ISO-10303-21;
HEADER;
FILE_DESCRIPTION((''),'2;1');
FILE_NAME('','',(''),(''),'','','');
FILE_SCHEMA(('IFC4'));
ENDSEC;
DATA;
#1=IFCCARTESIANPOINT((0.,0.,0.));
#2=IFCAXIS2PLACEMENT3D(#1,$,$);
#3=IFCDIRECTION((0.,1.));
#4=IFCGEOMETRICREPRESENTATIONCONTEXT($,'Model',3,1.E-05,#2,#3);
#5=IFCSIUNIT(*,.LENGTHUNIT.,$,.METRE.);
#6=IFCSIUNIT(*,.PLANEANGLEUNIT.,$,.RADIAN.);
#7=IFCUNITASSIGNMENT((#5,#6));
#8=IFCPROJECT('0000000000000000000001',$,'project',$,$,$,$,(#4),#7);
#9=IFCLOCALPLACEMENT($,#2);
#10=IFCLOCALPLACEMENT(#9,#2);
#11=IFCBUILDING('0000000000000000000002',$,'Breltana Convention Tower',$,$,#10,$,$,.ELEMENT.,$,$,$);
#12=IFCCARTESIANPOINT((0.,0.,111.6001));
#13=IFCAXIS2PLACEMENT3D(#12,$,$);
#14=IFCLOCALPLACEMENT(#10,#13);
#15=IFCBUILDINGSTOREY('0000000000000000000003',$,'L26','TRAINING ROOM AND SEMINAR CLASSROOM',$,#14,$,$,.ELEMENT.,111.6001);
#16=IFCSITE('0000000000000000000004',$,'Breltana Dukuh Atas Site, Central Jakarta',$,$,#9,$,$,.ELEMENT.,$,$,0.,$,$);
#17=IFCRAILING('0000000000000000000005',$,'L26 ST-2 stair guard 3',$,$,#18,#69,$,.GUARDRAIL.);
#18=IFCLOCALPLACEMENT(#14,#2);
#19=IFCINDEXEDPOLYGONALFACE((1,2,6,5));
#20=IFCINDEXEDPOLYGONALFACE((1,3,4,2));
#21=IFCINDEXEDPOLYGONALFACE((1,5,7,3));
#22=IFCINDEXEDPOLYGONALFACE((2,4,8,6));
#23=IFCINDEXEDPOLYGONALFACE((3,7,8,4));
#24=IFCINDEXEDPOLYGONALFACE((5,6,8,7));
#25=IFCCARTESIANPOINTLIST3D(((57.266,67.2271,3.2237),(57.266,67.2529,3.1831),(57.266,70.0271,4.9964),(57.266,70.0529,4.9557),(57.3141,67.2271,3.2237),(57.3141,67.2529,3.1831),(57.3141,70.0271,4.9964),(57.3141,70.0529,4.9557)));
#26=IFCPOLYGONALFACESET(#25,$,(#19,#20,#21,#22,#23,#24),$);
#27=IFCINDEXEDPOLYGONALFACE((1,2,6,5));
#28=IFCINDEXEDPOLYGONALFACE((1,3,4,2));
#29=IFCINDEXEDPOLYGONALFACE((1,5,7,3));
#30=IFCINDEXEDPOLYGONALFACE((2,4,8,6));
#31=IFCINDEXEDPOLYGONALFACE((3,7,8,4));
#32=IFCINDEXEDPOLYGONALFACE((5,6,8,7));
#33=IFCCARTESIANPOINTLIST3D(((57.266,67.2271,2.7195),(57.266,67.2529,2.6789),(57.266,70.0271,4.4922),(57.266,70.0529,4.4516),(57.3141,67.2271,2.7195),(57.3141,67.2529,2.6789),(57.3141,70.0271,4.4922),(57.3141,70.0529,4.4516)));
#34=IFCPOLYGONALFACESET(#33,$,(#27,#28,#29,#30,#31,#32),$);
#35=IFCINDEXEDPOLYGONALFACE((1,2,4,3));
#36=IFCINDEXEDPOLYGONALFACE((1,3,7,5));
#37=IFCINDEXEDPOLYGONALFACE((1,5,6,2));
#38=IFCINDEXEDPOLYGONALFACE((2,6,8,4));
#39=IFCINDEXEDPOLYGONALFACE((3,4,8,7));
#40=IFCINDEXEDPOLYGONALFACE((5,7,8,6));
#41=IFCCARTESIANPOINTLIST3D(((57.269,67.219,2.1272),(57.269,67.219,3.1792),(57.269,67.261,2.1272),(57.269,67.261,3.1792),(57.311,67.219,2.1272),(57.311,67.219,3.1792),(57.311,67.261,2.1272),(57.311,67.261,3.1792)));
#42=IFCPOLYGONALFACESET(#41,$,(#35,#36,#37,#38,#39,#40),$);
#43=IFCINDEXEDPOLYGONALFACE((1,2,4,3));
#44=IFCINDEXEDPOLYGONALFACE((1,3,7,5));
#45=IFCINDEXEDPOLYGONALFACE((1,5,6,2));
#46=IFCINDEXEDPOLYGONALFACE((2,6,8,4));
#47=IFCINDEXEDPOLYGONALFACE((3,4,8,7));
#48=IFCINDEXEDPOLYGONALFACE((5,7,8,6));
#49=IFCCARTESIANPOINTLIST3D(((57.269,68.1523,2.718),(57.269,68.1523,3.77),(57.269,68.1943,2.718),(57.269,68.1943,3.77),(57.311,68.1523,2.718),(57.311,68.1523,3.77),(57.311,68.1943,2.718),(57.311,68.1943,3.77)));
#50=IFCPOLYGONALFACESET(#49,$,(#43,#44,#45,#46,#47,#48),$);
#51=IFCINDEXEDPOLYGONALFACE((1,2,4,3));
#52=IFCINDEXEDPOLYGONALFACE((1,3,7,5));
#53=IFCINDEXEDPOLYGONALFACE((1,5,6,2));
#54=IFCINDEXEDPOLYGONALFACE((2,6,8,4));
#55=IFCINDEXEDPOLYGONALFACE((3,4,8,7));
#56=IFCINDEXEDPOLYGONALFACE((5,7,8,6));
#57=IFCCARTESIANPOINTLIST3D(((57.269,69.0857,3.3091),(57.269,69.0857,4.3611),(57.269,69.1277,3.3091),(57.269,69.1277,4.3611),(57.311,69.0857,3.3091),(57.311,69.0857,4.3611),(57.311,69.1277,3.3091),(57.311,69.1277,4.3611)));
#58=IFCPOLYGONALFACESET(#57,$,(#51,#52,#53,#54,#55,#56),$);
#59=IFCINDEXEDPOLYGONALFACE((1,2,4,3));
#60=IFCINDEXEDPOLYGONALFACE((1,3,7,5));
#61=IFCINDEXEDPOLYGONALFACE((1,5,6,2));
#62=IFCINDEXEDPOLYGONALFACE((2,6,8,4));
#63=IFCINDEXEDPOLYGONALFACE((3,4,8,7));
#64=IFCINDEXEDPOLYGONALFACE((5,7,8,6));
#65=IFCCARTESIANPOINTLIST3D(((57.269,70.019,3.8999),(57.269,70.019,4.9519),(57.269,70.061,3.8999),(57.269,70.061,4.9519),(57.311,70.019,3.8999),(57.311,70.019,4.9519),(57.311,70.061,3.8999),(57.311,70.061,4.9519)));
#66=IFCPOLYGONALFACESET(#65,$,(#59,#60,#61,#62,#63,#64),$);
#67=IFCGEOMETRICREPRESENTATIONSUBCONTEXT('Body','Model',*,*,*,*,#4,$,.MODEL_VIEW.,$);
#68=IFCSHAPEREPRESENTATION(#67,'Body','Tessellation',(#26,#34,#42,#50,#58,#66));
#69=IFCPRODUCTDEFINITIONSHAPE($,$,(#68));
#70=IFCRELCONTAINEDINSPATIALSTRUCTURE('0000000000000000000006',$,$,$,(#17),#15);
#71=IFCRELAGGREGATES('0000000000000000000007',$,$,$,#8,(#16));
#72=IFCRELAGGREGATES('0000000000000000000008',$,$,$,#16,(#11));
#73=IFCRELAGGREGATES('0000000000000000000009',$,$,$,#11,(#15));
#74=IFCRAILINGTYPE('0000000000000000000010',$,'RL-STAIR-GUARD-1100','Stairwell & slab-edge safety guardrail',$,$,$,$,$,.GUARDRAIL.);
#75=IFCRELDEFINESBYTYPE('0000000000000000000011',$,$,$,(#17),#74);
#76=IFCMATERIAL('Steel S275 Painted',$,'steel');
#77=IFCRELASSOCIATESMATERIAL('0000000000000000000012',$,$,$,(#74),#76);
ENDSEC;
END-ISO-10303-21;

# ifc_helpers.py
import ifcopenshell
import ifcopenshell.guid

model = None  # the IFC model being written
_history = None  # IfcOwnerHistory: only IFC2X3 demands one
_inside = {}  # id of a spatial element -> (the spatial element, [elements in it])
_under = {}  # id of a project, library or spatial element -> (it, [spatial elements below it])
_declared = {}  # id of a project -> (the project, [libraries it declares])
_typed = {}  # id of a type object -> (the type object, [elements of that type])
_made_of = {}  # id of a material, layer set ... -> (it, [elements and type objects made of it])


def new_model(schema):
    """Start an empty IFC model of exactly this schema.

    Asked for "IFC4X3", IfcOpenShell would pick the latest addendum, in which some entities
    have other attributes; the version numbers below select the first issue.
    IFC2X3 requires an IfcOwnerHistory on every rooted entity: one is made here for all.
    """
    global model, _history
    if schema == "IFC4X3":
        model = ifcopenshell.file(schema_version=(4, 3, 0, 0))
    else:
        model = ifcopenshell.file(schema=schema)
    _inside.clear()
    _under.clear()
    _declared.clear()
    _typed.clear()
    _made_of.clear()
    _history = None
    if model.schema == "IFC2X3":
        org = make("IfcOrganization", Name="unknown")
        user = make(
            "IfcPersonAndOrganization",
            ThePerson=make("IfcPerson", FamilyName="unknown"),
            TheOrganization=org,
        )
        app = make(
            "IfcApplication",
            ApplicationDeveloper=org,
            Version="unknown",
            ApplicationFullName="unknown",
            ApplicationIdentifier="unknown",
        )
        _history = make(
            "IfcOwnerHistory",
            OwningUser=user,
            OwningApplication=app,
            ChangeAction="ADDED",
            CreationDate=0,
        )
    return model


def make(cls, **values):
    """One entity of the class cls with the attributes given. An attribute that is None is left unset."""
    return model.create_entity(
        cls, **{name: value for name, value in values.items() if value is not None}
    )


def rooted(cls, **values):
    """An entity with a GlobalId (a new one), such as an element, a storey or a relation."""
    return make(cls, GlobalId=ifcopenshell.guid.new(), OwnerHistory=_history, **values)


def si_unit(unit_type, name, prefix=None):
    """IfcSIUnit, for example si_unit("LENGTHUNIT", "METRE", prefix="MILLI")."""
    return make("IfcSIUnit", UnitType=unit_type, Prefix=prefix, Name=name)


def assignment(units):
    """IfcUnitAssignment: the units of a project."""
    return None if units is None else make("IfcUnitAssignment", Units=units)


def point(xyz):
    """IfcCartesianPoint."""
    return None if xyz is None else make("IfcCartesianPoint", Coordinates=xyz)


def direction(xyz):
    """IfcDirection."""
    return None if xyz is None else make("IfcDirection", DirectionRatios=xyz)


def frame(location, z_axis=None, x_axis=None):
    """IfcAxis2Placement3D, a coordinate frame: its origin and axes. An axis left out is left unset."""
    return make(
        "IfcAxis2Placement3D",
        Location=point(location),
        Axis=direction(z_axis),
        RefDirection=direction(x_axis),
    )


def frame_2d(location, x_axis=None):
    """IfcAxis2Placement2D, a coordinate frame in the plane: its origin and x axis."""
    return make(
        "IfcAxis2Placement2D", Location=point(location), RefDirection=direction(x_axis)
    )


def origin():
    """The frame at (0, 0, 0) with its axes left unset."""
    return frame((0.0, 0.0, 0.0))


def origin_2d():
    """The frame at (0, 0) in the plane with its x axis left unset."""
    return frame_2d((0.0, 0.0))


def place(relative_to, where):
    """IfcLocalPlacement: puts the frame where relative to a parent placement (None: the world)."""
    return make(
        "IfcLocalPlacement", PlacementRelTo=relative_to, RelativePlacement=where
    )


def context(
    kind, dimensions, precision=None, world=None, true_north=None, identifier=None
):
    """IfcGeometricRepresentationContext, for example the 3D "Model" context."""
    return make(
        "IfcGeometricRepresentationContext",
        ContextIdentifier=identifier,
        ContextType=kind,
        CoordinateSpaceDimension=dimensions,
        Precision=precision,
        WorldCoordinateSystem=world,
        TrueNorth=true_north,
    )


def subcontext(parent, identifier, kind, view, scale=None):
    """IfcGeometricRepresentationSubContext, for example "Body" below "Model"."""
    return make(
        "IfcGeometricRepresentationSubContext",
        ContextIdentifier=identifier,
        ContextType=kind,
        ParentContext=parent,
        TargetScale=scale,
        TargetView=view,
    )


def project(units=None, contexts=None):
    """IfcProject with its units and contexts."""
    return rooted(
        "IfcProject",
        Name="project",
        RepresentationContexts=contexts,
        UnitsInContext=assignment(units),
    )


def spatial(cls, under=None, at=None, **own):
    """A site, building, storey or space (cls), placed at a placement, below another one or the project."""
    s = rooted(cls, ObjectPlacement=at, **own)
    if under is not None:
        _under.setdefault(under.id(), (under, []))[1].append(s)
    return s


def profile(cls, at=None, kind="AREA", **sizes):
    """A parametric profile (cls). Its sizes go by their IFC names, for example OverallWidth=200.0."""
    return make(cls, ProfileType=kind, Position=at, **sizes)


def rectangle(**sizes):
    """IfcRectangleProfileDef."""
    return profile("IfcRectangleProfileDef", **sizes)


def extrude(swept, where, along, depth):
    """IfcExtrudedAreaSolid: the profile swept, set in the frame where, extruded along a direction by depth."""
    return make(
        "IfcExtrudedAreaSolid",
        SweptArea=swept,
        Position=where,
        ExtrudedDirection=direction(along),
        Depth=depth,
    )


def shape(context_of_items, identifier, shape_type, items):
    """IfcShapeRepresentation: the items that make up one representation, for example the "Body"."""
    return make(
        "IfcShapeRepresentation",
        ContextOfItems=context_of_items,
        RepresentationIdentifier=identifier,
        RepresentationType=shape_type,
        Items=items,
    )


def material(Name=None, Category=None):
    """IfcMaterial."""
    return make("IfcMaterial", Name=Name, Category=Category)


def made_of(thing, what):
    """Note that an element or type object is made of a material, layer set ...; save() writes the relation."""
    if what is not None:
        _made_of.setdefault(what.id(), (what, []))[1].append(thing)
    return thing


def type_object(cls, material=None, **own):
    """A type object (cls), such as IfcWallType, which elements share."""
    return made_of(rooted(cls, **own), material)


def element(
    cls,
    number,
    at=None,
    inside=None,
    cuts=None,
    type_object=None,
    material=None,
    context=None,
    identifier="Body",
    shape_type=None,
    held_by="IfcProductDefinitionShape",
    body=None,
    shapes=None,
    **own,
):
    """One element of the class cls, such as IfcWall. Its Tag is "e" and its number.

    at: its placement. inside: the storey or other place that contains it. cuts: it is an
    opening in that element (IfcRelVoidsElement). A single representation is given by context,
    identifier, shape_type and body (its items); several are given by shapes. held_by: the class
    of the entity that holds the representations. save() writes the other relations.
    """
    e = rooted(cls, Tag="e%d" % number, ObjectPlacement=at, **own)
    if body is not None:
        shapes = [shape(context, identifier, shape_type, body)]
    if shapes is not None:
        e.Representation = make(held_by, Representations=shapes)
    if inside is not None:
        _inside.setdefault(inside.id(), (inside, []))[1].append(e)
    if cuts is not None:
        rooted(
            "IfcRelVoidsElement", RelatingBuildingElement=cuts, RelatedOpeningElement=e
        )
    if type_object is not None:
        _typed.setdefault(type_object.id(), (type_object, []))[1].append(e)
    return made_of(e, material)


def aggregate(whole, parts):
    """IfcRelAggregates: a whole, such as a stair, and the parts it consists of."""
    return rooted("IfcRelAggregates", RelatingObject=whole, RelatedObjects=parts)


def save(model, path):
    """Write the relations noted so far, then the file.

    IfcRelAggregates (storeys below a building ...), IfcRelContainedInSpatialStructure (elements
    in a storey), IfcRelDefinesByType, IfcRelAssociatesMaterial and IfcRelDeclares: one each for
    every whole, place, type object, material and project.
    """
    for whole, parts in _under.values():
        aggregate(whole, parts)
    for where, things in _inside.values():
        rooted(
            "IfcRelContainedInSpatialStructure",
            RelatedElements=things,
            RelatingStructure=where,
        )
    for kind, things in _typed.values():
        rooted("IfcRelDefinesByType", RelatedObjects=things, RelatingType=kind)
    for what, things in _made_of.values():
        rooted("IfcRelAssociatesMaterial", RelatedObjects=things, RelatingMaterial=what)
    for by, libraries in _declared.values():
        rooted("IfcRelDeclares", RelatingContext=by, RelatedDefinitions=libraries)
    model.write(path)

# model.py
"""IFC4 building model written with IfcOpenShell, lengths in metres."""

from ifc_helpers import new_model, si_unit, direction, frame, origin, origin_2d, place, context, subcontext, project, spatial, rectangle, extrude, material, type_object, element, save


model = new_model("IFC4")

# Units and contexts
model_context = context("Model", 3, precision=1e-05, world=origin(), true_north=direction((0.0, 1.0)))
body_context = subcontext(model_context, "Body", "Model", "MODEL_VIEW")
ifc_project = project(units=[si_unit("LENGTHUNIT", "METRE"), si_unit("PLANEANGLEUNIT", "RADIAN")], contexts=[model_context])

# Site, building, storey
site_placement = place(None, origin())
site = spatial("IfcSite", under=ifc_project, at=site_placement, Name="Breltana Dukuh Atas Site, Central Jakarta", CompositionType="ELEMENT", RefElevation=0.0)
building_placement = place(site_placement, origin())
building = spatial("IfcBuilding", under=site, at=building_placement, Name="Breltana Convention Tower", CompositionType="ELEMENT")
storey_placement = place(building_placement, frame((0.0, 0.0, 111.6001)))
storey = spatial("IfcBuildingStorey", under=building, at=storey_placement, Name="L26", Description="TRAINING ROOM AND SEMINAR CLASSROOM", CompositionType="ELEMENT", Elevation=111.6001)

# Railing
ifc_material_1 = material(Name="Steel S275 Painted", Category="steel")
railing_type = type_object("IfcRailingType", Name="RL-STAIR-GUARD-1100", Description="Stairwell & slab-edge safety guardrail", PredefinedType="GUARDRAIL", material=ifc_material_1)
railing_1_placement = place(storey_placement, frame((57.29, 67.24, 2.1272)))
element("IfcRailing", 1, at=railing_1_placement, inside=storey, type_object=railing_type, Name="L26 ST-2 stair guard 3", PredefinedType="GUARDRAIL", context=body_context, shape_type="SweptSolid", body=[
    extrude(rectangle(XDim=0.0481, YDim=0.0481, at=origin_2d()), frame((0.0, 0.0, 1.0762), z_axis=(0.0, 0.844909, 0.53491), x_axis=(-1.0, 0.0, 0.0)), (0.0, 0.0, 1.0), 3.314),
    extrude(rectangle(XDim=0.0481, YDim=0.0481, at=origin_2d()), frame((0.0, 0.0, 0.572), z_axis=(0.0, 0.844909, 0.53491), x_axis=(-1.0, 0.0, 0.0)), (0.0, 0.0, 1.0), 3.314),
    extrude(rectangle(XDim=0.042, YDim=0.042, at=origin_2d()), origin(), (0.0, 0.0, 1.0), 1.052),
    extrude(rectangle(XDim=0.042, YDim=0.042, at=origin_2d()), frame((0.0, 0.9333, 0.5908)), (0.0, 0.0, 1.0), 1.052),
    extrude(rectangle(XDim=0.042, YDim=0.042, at=origin_2d()), frame((0.0, 1.8667, 1.1819)), (0.0, 0.0, 1.0), 1.052),
    extrude(rectangle(XDim=0.042, YDim=0.042, at=origin_2d()), frame((0.0, 2.8, 1.7727)), (0.0, 0.0, 1.0), 1.052),
])

save(model, "model.ifc")
